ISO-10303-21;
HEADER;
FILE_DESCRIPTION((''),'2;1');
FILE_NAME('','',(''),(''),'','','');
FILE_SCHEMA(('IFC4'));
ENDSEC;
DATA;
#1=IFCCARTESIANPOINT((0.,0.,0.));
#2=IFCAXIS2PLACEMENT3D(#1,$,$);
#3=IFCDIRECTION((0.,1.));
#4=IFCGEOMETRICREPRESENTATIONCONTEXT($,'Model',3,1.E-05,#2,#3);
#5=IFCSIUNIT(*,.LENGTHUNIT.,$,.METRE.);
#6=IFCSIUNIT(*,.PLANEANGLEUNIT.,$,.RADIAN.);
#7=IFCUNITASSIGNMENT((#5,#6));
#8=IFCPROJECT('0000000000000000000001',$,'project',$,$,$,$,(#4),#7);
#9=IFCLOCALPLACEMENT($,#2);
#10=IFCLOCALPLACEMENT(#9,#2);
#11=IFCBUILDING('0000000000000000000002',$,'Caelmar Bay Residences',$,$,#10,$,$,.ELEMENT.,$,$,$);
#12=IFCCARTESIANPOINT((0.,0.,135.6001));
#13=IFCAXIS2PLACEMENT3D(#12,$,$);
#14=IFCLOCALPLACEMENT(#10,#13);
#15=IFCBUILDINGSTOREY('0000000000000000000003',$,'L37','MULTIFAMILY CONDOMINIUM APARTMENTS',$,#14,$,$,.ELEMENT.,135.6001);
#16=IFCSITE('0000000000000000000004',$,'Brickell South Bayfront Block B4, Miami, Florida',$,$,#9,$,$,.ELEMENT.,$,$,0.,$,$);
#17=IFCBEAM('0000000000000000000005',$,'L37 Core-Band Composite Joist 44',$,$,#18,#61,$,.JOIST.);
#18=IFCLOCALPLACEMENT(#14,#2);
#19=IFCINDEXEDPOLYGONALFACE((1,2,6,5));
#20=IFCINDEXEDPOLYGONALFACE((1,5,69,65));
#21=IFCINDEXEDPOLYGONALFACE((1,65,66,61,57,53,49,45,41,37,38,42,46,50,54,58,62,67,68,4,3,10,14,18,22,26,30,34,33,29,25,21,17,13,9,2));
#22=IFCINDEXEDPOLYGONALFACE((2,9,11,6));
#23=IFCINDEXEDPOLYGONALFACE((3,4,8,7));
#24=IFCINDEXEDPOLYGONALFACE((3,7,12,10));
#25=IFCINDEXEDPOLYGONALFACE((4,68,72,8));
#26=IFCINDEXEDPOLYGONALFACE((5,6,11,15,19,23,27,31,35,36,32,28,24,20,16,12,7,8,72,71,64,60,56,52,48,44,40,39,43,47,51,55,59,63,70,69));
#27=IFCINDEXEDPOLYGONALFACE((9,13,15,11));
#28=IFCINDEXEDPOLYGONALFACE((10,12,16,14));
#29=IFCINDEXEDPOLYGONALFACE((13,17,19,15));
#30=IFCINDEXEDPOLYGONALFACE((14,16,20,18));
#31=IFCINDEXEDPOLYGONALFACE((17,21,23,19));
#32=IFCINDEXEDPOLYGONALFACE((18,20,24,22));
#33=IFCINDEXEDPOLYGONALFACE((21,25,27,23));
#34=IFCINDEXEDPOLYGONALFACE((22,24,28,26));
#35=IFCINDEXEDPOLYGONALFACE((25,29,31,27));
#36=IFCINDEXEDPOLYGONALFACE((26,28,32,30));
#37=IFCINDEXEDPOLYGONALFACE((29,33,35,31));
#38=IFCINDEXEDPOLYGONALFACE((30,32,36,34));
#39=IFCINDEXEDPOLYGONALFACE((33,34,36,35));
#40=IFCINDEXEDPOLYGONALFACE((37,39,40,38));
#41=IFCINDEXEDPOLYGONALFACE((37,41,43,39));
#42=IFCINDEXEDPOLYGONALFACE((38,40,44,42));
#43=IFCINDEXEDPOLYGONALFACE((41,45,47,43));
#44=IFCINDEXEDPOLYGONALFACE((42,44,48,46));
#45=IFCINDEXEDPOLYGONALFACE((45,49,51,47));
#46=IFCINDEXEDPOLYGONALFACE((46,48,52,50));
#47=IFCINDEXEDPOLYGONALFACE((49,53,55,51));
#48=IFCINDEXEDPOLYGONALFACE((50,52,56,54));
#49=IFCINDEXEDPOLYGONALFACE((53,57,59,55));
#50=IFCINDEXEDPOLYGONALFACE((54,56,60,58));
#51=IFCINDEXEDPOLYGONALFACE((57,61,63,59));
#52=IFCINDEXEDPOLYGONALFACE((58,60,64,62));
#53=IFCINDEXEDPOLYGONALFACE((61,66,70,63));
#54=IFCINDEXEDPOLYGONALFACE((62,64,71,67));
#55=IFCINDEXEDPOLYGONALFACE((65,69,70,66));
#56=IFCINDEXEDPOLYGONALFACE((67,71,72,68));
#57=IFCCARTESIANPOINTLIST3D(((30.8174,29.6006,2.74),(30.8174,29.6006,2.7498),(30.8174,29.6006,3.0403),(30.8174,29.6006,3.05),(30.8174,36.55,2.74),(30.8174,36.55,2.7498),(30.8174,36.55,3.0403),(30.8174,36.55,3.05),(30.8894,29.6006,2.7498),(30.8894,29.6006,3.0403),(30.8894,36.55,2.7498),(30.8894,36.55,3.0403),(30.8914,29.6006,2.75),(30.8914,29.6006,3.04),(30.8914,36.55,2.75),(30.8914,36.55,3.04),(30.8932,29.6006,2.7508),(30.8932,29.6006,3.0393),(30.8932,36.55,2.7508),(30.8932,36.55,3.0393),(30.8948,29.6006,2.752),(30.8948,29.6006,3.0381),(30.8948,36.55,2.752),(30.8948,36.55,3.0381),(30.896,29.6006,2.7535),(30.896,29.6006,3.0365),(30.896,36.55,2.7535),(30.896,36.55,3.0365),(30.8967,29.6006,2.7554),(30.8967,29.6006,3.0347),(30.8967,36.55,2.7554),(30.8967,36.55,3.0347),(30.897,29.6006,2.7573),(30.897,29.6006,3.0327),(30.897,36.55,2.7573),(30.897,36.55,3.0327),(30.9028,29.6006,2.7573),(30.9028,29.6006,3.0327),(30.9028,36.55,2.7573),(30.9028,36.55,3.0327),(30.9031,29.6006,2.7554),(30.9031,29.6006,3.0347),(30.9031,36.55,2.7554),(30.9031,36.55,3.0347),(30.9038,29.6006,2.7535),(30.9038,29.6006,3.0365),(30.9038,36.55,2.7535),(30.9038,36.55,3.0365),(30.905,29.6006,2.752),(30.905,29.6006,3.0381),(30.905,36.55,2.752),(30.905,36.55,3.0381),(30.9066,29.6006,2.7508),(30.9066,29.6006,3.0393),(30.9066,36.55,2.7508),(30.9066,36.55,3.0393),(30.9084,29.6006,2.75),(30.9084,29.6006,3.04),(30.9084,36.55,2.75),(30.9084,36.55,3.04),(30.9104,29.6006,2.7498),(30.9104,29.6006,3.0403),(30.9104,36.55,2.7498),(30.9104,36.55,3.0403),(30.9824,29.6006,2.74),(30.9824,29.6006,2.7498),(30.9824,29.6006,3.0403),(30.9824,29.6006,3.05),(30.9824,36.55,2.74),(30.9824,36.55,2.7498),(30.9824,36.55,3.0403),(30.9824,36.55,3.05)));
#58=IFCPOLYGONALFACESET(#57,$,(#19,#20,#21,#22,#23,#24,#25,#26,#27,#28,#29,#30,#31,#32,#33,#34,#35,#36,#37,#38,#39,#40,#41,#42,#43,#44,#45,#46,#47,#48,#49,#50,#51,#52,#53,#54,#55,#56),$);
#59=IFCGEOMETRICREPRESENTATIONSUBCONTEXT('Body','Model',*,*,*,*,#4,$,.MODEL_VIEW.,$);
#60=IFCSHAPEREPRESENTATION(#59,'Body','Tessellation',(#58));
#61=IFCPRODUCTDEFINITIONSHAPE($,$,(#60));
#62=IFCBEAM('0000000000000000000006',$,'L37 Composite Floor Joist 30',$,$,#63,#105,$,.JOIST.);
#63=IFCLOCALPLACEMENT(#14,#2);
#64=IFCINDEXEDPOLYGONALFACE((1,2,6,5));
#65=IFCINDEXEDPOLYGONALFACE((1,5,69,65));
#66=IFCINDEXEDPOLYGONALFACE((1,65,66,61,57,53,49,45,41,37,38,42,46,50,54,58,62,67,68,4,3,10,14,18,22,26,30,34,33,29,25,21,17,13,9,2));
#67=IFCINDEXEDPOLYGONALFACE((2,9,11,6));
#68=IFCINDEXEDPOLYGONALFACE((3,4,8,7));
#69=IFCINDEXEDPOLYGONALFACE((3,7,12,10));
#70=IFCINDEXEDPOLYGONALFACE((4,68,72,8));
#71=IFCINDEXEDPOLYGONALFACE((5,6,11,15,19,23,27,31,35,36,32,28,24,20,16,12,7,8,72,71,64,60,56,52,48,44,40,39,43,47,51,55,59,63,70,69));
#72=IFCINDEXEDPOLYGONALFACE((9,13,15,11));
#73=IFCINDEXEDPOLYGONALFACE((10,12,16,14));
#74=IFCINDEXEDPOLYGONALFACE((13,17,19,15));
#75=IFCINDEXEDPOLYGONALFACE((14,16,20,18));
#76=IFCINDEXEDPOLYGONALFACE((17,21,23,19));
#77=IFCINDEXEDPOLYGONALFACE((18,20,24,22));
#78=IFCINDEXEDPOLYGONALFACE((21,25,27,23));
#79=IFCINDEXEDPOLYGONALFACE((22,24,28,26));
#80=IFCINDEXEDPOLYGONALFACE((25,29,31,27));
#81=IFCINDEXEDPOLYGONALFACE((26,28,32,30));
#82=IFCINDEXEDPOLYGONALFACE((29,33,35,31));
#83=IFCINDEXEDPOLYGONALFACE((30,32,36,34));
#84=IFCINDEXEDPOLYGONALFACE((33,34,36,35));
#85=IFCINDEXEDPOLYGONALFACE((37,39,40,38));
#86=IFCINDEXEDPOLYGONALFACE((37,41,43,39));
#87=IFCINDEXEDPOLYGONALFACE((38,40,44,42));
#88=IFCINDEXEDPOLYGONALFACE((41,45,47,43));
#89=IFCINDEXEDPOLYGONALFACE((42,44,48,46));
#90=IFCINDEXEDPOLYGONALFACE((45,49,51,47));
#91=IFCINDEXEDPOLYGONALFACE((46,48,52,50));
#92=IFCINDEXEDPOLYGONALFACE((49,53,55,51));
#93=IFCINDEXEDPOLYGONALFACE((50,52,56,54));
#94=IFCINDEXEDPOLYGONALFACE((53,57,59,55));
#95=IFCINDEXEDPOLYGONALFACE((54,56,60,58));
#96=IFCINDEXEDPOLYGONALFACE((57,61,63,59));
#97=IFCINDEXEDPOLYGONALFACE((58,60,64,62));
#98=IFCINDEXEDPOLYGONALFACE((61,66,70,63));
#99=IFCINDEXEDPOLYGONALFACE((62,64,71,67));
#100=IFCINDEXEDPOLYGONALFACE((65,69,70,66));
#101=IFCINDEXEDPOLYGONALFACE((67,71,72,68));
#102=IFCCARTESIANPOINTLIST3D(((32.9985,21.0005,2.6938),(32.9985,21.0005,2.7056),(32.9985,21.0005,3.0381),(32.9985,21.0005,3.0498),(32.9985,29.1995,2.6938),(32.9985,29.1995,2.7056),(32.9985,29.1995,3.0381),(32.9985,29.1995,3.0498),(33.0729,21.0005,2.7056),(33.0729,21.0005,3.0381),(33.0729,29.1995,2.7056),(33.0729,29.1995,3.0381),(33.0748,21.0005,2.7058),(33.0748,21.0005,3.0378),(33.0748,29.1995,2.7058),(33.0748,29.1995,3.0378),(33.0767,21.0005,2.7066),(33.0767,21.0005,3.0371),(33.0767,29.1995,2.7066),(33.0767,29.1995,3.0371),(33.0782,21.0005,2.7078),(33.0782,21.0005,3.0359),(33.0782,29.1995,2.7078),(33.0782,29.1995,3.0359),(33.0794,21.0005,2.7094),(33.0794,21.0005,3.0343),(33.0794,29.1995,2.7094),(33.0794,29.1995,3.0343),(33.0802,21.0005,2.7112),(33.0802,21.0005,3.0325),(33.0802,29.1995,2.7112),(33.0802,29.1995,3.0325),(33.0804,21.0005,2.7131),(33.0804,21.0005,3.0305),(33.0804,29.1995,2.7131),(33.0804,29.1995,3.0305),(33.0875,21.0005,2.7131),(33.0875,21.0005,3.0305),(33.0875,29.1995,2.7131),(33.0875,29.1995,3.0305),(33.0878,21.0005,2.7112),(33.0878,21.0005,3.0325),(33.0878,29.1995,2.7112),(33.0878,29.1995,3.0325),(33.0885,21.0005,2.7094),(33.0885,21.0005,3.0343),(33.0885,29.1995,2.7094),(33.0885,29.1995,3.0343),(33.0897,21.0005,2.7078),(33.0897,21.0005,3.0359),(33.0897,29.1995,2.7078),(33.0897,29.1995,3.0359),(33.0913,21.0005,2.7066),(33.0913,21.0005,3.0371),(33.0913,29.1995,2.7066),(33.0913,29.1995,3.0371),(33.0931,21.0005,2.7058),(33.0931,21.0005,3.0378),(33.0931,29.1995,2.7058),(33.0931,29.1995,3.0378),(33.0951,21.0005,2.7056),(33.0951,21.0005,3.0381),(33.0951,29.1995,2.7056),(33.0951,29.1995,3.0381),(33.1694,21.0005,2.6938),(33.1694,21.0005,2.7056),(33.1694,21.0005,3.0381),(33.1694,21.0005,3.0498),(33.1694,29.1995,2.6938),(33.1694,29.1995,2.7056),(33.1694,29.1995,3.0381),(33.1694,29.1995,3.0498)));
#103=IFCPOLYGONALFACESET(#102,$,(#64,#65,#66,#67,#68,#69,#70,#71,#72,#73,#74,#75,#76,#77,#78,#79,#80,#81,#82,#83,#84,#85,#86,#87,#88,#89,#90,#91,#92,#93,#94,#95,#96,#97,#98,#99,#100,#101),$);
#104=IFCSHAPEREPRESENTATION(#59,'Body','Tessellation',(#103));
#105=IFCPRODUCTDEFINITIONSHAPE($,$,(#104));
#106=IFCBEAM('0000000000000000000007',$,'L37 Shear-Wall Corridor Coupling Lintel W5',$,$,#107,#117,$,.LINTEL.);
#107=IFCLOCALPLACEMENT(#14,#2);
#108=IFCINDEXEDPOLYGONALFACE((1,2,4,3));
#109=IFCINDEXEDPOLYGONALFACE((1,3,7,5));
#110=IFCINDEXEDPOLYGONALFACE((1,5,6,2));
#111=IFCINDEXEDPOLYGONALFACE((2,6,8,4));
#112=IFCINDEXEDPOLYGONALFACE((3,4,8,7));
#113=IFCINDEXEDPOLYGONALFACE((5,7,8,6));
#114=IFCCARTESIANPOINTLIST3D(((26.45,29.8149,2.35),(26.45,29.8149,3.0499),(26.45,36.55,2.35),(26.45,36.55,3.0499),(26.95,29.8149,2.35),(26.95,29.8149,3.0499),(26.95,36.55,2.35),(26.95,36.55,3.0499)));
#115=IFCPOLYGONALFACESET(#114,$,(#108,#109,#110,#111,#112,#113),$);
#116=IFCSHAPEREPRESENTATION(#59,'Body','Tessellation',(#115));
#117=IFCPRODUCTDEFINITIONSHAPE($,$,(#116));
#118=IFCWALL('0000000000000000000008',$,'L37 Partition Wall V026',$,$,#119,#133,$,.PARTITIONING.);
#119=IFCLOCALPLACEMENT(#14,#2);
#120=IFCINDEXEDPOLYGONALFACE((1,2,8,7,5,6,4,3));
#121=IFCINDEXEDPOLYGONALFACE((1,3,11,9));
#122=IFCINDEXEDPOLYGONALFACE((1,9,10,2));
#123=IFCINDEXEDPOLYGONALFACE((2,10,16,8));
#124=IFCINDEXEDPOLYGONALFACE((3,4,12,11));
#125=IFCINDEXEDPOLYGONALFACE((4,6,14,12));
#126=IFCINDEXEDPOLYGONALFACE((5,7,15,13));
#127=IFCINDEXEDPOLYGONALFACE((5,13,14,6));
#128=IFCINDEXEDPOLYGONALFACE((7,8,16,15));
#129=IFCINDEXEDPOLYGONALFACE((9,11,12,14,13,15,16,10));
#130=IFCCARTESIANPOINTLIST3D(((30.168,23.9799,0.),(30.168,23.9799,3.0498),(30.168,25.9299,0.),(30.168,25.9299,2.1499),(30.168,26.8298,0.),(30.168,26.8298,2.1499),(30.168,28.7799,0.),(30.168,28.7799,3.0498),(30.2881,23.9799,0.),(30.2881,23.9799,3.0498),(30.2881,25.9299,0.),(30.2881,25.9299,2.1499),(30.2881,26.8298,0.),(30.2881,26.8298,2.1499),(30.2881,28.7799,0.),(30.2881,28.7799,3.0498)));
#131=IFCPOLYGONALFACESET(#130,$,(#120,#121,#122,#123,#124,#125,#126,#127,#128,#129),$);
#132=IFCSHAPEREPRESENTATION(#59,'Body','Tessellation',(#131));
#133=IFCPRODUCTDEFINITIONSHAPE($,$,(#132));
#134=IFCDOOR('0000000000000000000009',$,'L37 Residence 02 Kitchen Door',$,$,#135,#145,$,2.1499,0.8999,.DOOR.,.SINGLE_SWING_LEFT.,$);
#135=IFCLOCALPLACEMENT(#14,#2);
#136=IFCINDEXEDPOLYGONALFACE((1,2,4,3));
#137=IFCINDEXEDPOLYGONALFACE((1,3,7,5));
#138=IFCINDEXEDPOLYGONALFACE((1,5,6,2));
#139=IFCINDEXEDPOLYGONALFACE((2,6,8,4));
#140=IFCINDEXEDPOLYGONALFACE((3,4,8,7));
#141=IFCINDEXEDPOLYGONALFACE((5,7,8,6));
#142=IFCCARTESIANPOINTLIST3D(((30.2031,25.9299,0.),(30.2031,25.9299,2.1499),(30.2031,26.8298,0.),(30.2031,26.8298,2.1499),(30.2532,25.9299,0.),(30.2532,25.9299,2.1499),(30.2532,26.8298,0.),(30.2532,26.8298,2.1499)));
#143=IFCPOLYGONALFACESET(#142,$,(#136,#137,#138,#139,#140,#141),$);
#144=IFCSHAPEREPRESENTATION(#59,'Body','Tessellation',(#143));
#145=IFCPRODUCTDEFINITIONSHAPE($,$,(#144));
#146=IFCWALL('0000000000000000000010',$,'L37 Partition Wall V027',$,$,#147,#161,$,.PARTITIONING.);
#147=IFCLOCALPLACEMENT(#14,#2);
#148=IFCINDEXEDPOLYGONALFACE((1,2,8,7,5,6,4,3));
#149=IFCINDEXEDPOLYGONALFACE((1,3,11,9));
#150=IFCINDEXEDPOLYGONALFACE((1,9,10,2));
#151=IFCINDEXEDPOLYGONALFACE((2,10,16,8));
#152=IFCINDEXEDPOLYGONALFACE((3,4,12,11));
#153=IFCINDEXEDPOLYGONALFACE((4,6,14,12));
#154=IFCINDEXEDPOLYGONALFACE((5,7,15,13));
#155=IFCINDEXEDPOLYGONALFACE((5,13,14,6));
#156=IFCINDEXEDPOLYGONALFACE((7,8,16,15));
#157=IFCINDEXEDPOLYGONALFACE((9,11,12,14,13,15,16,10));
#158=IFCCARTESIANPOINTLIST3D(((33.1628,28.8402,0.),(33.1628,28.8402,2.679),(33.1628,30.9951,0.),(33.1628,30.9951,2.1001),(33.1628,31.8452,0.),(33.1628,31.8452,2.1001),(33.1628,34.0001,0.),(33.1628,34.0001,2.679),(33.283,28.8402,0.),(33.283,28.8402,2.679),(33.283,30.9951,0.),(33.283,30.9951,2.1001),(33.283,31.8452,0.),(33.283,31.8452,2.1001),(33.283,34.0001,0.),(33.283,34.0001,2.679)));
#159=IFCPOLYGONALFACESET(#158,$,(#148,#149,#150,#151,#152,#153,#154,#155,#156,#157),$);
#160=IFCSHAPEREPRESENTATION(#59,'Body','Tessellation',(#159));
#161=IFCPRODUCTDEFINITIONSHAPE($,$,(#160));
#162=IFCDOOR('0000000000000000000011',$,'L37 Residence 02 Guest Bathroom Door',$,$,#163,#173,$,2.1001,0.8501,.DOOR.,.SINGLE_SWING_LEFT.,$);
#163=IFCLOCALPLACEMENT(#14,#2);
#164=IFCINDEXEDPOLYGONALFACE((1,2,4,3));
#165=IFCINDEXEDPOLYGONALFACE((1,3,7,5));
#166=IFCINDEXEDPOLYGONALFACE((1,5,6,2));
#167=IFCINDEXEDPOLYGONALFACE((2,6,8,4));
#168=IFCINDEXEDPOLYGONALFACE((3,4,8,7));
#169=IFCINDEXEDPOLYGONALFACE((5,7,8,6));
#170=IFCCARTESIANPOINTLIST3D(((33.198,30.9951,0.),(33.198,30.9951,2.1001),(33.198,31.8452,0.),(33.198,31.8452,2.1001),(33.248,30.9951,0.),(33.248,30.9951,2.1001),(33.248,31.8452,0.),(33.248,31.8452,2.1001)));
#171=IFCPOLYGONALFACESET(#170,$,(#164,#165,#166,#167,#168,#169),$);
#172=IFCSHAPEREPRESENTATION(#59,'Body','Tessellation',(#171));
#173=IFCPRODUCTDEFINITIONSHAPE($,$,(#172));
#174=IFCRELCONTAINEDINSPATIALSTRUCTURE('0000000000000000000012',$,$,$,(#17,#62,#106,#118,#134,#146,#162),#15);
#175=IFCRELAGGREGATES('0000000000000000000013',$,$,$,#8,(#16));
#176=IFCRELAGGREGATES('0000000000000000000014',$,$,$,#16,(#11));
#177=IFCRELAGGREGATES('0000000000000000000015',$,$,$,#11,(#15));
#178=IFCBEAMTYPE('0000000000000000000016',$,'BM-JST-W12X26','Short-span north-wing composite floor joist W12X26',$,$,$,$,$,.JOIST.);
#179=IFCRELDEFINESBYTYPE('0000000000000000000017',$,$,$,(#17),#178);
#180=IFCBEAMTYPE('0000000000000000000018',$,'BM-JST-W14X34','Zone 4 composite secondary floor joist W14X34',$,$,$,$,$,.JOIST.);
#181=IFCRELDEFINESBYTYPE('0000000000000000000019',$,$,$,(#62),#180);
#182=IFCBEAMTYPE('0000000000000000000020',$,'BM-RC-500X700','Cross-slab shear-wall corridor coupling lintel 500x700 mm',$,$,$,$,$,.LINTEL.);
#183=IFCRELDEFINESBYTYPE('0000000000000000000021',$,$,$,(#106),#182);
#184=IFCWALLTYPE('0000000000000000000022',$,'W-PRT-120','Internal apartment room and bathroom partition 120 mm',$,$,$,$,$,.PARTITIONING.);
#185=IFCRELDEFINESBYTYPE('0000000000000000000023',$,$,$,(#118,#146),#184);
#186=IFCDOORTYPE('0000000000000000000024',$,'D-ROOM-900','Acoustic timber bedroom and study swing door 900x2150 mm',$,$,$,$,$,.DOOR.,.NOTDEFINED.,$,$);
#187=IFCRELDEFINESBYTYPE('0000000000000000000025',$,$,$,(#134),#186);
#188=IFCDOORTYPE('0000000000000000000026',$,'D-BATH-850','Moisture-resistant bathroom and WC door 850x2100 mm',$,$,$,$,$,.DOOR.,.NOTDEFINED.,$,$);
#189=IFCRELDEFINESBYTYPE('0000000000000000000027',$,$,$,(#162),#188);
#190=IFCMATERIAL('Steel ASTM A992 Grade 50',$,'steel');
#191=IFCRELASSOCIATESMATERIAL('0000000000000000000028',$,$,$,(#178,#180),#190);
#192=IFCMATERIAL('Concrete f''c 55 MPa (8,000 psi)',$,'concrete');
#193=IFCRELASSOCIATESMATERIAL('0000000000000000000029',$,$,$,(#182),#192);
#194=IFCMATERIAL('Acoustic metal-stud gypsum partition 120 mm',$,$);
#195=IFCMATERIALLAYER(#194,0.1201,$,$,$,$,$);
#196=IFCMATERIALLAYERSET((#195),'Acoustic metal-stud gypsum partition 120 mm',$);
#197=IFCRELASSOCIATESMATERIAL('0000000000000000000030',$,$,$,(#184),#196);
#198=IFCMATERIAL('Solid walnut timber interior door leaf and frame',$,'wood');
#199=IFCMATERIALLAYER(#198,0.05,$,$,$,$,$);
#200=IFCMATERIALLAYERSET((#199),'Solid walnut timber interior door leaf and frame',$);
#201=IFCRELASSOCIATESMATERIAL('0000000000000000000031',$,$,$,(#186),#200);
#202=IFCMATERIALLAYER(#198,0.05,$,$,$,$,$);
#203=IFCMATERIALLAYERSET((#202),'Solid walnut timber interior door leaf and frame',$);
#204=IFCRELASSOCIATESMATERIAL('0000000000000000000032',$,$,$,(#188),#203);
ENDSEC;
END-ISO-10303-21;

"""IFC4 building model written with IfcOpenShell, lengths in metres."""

from ifc_helpers import new_model, si_unit, direction, frame, frame_2d, origin, origin_2d, place, context, subcontext, project, spatial, rectangle, i_section, extrude, material, layer, layer_set, material_profile, profile_set, type_object, element, fill, save


model = new_model("IFC4")

# Units and contexts
model_context = context("Model", 3, precision=1e-05, world=origin(), true_north=direction((0.0, 1.0)))
body_context = subcontext(model_context, "Body", "Model", "MODEL_VIEW")
ifc_project = project(units=[si_unit("LENGTHUNIT", "METRE"), si_unit("PLANEANGLEUNIT", "RADIAN")], contexts=[model_context])

# Site, building, storey
site_placement = place(None, origin())
site = spatial("IfcSite", under=ifc_project, at=site_placement, Name="Brickell South Bayfront Block B4, Miami, Florida", CompositionType="ELEMENT", RefElevation=0.0)
building_placement = place(site_placement, origin())
building = spatial("IfcBuilding", under=site, at=building_placement, Name="Caelmar Bay Residences", CompositionType="ELEMENT")
storey_placement = place(building_placement, frame((0.0, 0.0, 135.6001)))
storey = spatial("IfcBuildingStorey", under=building, at=storey_placement, Name="L37", Description="MULTIFAMILY CONDOMINIUM APARTMENTS", CompositionType="ELEMENT", Elevation=135.6001)

# Beams
ifc_material_1 = material(Name="Steel ASTM A992 Grade 50", Category="steel")
ifc_material_profile_1 = material_profile(ifc_material_1, i_section(OverallWidth=0.165, OverallDepth=0.3101, WebThickness=0.0059, FlangeThickness=0.0098, FilletRadius=0.0076, at=origin_2d()), Name="W12X26")
ifc_profile_set_1 = profile_set([ifc_material_profile_1], Name="Steel ASTM A992 Grade 50")
beam_type_1 = type_object("IfcBeamType", Name="BM-JST-W12X26", Description="Short-span north-wing composite floor joist W12X26", PredefinedType="JOIST", material=ifc_profile_set_1)
beam_1_placement = place(storey_placement, frame((30.8999, 29.6006, 2.895), z_axis=(0.0, 1.0, 0.0), x_axis=(-1.0, 0.0, 0.0)))
element("IfcBeam", 1, at=beam_1_placement, inside=storey, type_object=beam_type_1, Name="L37 Core-Band Composite Joist 44", PredefinedType="JOIST", context=body_context, shape_type="SweptSolid", body=[
    extrude(i_section(OverallWidth=0.165, OverallDepth=0.3101, WebThickness=0.0059, FlangeThickness=0.0098, FilletRadius=0.0076, at=origin_2d()), origin(), (0.0, 0.0, 1.0), 6.9495),
])
ifc_material_profile_2 = material_profile(ifc_material_1, i_section(OverallWidth=0.1709, OverallDepth=0.356, WebThickness=0.0071, FlangeThickness=0.0117, FilletRadius=0.0076, at=origin_2d()), Name="W14X34")
ifc_profile_set_2 = profile_set([ifc_material_profile_2], Name="Steel ASTM A992 Grade 50")
beam_type_2 = type_object("IfcBeamType", Name="BM-JST-W14X34", Description="Zone 4 composite secondary floor joist W14X34", PredefinedType="JOIST", material=ifc_profile_set_2)
beam_2_placement = place(storey_placement, frame((33.084, 21.0005, 2.8718), z_axis=(0.0, 1.0, 0.0), x_axis=(-1.0, 0.0, 0.0)))
element("IfcBeam", 2, at=beam_2_placement, inside=storey, type_object=beam_type_2, Name="L37 Composite Floor Joist 30", PredefinedType="JOIST", context=body_context, shape_type="SweptSolid", body=[
    extrude(i_section(OverallWidth=0.1709, OverallDepth=0.356, WebThickness=0.0071, FlangeThickness=0.0117, FilletRadius=0.0076, at=origin_2d()), origin(), (0.0, 0.0, 1.0), 8.199),
])
ifc_material_2 = material(Name="Concrete f'c 55 MPa (8,000 psi)", Category="concrete")
ifc_material_profile_3 = material_profile(ifc_material_2, rectangle(XDim=0.5, YDim=0.7, at=origin_2d()), Name="RC-BM-500X700")
ifc_profile_set_3 = profile_set([ifc_material_profile_3], Name="Concrete f'c 55 MPa (8,000 psi)")
beam_type_3 = type_object("IfcBeamType", Name="BM-RC-500X700", Description="Cross-slab shear-wall corridor coupling lintel 500x700 mm", PredefinedType="LINTEL", material=ifc_profile_set_3)
beam_3_placement = place(storey_placement, frame((26.7, 29.8149, 2.7), z_axis=(0.0, 1.0, 0.0), x_axis=(-1.0, 0.0, 0.0)))
element("IfcBeam", 3, at=beam_3_placement, inside=storey, type_object=beam_type_3, Name="L37 Shear-Wall Corridor Coupling Lintel W5", PredefinedType="LINTEL", context=body_context, shape_type="SweptSolid", body=[
    extrude(rectangle(XDim=0.5, YDim=0.7, at=origin_2d()), origin(), (0.0, 0.0, 1.0), 6.7351),
])

# Walls, openings, doors
ifc_material_3 = material(Name="Acoustic metal-stud gypsum partition 120 mm")
ifc_layer_1 = layer(ifc_material_3, 0.1201)
ifc_layer_set_1 = layer_set([ifc_layer_1], Name="Acoustic metal-stud gypsum partition 120 mm")
wall_type_1 = type_object("IfcWallType", Name="W-PRT-120", Description="Internal apartment room and bathroom partition 120 mm", PredefinedType="PARTITIONING", material=ifc_layer_set_1)
wall_1_placement = place(storey_placement, frame((30.228, 23.98, 0.0), z_axis=(0.0, 0.0, 1.0), x_axis=(0.0, 1.0, 0.0)))
wall_1 = element("IfcWall", 4, at=wall_1_placement, inside=storey, type_object=wall_type_1, Name="L37 Partition Wall V026", PredefinedType="PARTITIONING", context=body_context, shape_type="SweptSolid", body=[
    extrude(rectangle(XDim=4.8, YDim=0.1201, at=frame_2d((2.3999, 0.0))), origin(), (0.0, 0.0, 1.0), 3.0498),
])
opening_1_placement = place(wall_1_placement, frame((1.95, 0.0, 0.0)))
opening_1 = element("IfcOpeningElement", 5, at=opening_1_placement, cuts=wall_1, PredefinedType="OPENING", context=body_context, shape_type="SweptSolid", body=[
    extrude(rectangle(XDim=0.8999, YDim=2.1499, at=frame_2d((0.45, 1.075))), frame((0.0, 0.0701, 0.0), z_axis=(0.0, -1.0, 0.0), x_axis=(1.0, 0.0, 0.0)), (0.0, 0.0, 1.0), 0.1401),
])
ifc_material_4 = material(Name="Solid walnut timber interior door leaf and frame", Category="wood")
ifc_layer_2 = layer(ifc_material_4, 0.05)
ifc_layer_set_2 = layer_set([ifc_layer_2], Name="Solid walnut timber interior door leaf and frame")
door_type_1 = type_object("IfcDoorType", Name="D-ROOM-900", Description="Acoustic timber bedroom and study swing door 900x2150 mm", OperationType="NOTDEFINED", PredefinedType="DOOR", material=ifc_layer_set_2)
door_1_placement = place(opening_1_placement, origin())
door_1 = element("IfcDoor", 6, at=door_1_placement, inside=storey, type_object=door_type_1, Name="L37 Residence 02 Kitchen Door", OperationType="SINGLE_SWING_LEFT", OverallHeight=2.1499, OverallWidth=0.8999, PredefinedType="DOOR", context=body_context, shape_type="SweptSolid", body=[
    extrude(rectangle(XDim=0.8999, YDim=2.1499, at=frame_2d((0.45, 1.075))), frame((0.0, 0.0249, 0.0), z_axis=(0.0, -1.0, 0.0), x_axis=(1.0, 0.0, 0.0)), (0.0, 0.0, 1.0), 0.05),
])
fill(opening_1, door_1)
wall_2_placement = place(storey_placement, frame((33.2229, 28.8401, 0.0), z_axis=(0.0, 0.0, 1.0), x_axis=(0.0, 1.0, 0.0)))
wall_2 = element("IfcWall", 7, at=wall_2_placement, inside=storey, type_object=wall_type_1, Name="L37 Partition Wall V027", PredefinedType="PARTITIONING", context=body_context, shape_type="SweptSolid", body=[
    extrude(rectangle(XDim=5.1599, YDim=0.1201, at=frame_2d((2.5801, 0.0))), origin(), (0.0, 0.0, 1.0), 2.679),
])
opening_2_placement = place(wall_2_placement, frame((2.155, 0.0, 0.0)))
opening_2 = element("IfcOpeningElement", 8, at=opening_2_placement, cuts=wall_2, PredefinedType="OPENING", context=body_context, shape_type="SweptSolid", body=[
    extrude(rectangle(XDim=0.8501, YDim=2.1001, at=frame_2d((0.425, 1.05))), frame((0.0, 0.0701, 0.0), z_axis=(0.0, -1.0, 0.0), x_axis=(1.0, 0.0, 0.0)), (0.0, 0.0, 1.0), 0.1401),
])
ifc_layer_3 = layer(ifc_material_4, 0.05)
ifc_layer_set_3 = layer_set([ifc_layer_3], Name="Solid walnut timber interior door leaf and frame")
door_type_2 = type_object("IfcDoorType", Name="D-BATH-850", Description="Moisture-resistant bathroom and WC door 850x2100 mm", OperationType="NOTDEFINED", PredefinedType="DOOR", material=ifc_layer_set_3)
door_2_placement = place(opening_2_placement, origin())
door_2 = element("IfcDoor", 9, at=door_2_placement, inside=storey, type_object=door_type_2, Name="L37 Residence 02 Guest Bathroom Door", OperationType="SINGLE_SWING_LEFT", OverallHeight=2.1001, OverallWidth=0.8501, PredefinedType="DOOR", context=body_context, shape_type="SweptSolid", body=[
    extrude(rectangle(XDim=0.8501, YDim=2.1001, at=frame_2d((0.425, 1.05))), frame((0.0, 0.0249, 0.0), z_axis=(0.0, -1.0, 0.0), x_axis=(1.0, 0.0, 0.0)), (0.0, 0.0, 1.0), 0.05),
])
fill(opening_2, door_2)

save(model, "model.ifc")
